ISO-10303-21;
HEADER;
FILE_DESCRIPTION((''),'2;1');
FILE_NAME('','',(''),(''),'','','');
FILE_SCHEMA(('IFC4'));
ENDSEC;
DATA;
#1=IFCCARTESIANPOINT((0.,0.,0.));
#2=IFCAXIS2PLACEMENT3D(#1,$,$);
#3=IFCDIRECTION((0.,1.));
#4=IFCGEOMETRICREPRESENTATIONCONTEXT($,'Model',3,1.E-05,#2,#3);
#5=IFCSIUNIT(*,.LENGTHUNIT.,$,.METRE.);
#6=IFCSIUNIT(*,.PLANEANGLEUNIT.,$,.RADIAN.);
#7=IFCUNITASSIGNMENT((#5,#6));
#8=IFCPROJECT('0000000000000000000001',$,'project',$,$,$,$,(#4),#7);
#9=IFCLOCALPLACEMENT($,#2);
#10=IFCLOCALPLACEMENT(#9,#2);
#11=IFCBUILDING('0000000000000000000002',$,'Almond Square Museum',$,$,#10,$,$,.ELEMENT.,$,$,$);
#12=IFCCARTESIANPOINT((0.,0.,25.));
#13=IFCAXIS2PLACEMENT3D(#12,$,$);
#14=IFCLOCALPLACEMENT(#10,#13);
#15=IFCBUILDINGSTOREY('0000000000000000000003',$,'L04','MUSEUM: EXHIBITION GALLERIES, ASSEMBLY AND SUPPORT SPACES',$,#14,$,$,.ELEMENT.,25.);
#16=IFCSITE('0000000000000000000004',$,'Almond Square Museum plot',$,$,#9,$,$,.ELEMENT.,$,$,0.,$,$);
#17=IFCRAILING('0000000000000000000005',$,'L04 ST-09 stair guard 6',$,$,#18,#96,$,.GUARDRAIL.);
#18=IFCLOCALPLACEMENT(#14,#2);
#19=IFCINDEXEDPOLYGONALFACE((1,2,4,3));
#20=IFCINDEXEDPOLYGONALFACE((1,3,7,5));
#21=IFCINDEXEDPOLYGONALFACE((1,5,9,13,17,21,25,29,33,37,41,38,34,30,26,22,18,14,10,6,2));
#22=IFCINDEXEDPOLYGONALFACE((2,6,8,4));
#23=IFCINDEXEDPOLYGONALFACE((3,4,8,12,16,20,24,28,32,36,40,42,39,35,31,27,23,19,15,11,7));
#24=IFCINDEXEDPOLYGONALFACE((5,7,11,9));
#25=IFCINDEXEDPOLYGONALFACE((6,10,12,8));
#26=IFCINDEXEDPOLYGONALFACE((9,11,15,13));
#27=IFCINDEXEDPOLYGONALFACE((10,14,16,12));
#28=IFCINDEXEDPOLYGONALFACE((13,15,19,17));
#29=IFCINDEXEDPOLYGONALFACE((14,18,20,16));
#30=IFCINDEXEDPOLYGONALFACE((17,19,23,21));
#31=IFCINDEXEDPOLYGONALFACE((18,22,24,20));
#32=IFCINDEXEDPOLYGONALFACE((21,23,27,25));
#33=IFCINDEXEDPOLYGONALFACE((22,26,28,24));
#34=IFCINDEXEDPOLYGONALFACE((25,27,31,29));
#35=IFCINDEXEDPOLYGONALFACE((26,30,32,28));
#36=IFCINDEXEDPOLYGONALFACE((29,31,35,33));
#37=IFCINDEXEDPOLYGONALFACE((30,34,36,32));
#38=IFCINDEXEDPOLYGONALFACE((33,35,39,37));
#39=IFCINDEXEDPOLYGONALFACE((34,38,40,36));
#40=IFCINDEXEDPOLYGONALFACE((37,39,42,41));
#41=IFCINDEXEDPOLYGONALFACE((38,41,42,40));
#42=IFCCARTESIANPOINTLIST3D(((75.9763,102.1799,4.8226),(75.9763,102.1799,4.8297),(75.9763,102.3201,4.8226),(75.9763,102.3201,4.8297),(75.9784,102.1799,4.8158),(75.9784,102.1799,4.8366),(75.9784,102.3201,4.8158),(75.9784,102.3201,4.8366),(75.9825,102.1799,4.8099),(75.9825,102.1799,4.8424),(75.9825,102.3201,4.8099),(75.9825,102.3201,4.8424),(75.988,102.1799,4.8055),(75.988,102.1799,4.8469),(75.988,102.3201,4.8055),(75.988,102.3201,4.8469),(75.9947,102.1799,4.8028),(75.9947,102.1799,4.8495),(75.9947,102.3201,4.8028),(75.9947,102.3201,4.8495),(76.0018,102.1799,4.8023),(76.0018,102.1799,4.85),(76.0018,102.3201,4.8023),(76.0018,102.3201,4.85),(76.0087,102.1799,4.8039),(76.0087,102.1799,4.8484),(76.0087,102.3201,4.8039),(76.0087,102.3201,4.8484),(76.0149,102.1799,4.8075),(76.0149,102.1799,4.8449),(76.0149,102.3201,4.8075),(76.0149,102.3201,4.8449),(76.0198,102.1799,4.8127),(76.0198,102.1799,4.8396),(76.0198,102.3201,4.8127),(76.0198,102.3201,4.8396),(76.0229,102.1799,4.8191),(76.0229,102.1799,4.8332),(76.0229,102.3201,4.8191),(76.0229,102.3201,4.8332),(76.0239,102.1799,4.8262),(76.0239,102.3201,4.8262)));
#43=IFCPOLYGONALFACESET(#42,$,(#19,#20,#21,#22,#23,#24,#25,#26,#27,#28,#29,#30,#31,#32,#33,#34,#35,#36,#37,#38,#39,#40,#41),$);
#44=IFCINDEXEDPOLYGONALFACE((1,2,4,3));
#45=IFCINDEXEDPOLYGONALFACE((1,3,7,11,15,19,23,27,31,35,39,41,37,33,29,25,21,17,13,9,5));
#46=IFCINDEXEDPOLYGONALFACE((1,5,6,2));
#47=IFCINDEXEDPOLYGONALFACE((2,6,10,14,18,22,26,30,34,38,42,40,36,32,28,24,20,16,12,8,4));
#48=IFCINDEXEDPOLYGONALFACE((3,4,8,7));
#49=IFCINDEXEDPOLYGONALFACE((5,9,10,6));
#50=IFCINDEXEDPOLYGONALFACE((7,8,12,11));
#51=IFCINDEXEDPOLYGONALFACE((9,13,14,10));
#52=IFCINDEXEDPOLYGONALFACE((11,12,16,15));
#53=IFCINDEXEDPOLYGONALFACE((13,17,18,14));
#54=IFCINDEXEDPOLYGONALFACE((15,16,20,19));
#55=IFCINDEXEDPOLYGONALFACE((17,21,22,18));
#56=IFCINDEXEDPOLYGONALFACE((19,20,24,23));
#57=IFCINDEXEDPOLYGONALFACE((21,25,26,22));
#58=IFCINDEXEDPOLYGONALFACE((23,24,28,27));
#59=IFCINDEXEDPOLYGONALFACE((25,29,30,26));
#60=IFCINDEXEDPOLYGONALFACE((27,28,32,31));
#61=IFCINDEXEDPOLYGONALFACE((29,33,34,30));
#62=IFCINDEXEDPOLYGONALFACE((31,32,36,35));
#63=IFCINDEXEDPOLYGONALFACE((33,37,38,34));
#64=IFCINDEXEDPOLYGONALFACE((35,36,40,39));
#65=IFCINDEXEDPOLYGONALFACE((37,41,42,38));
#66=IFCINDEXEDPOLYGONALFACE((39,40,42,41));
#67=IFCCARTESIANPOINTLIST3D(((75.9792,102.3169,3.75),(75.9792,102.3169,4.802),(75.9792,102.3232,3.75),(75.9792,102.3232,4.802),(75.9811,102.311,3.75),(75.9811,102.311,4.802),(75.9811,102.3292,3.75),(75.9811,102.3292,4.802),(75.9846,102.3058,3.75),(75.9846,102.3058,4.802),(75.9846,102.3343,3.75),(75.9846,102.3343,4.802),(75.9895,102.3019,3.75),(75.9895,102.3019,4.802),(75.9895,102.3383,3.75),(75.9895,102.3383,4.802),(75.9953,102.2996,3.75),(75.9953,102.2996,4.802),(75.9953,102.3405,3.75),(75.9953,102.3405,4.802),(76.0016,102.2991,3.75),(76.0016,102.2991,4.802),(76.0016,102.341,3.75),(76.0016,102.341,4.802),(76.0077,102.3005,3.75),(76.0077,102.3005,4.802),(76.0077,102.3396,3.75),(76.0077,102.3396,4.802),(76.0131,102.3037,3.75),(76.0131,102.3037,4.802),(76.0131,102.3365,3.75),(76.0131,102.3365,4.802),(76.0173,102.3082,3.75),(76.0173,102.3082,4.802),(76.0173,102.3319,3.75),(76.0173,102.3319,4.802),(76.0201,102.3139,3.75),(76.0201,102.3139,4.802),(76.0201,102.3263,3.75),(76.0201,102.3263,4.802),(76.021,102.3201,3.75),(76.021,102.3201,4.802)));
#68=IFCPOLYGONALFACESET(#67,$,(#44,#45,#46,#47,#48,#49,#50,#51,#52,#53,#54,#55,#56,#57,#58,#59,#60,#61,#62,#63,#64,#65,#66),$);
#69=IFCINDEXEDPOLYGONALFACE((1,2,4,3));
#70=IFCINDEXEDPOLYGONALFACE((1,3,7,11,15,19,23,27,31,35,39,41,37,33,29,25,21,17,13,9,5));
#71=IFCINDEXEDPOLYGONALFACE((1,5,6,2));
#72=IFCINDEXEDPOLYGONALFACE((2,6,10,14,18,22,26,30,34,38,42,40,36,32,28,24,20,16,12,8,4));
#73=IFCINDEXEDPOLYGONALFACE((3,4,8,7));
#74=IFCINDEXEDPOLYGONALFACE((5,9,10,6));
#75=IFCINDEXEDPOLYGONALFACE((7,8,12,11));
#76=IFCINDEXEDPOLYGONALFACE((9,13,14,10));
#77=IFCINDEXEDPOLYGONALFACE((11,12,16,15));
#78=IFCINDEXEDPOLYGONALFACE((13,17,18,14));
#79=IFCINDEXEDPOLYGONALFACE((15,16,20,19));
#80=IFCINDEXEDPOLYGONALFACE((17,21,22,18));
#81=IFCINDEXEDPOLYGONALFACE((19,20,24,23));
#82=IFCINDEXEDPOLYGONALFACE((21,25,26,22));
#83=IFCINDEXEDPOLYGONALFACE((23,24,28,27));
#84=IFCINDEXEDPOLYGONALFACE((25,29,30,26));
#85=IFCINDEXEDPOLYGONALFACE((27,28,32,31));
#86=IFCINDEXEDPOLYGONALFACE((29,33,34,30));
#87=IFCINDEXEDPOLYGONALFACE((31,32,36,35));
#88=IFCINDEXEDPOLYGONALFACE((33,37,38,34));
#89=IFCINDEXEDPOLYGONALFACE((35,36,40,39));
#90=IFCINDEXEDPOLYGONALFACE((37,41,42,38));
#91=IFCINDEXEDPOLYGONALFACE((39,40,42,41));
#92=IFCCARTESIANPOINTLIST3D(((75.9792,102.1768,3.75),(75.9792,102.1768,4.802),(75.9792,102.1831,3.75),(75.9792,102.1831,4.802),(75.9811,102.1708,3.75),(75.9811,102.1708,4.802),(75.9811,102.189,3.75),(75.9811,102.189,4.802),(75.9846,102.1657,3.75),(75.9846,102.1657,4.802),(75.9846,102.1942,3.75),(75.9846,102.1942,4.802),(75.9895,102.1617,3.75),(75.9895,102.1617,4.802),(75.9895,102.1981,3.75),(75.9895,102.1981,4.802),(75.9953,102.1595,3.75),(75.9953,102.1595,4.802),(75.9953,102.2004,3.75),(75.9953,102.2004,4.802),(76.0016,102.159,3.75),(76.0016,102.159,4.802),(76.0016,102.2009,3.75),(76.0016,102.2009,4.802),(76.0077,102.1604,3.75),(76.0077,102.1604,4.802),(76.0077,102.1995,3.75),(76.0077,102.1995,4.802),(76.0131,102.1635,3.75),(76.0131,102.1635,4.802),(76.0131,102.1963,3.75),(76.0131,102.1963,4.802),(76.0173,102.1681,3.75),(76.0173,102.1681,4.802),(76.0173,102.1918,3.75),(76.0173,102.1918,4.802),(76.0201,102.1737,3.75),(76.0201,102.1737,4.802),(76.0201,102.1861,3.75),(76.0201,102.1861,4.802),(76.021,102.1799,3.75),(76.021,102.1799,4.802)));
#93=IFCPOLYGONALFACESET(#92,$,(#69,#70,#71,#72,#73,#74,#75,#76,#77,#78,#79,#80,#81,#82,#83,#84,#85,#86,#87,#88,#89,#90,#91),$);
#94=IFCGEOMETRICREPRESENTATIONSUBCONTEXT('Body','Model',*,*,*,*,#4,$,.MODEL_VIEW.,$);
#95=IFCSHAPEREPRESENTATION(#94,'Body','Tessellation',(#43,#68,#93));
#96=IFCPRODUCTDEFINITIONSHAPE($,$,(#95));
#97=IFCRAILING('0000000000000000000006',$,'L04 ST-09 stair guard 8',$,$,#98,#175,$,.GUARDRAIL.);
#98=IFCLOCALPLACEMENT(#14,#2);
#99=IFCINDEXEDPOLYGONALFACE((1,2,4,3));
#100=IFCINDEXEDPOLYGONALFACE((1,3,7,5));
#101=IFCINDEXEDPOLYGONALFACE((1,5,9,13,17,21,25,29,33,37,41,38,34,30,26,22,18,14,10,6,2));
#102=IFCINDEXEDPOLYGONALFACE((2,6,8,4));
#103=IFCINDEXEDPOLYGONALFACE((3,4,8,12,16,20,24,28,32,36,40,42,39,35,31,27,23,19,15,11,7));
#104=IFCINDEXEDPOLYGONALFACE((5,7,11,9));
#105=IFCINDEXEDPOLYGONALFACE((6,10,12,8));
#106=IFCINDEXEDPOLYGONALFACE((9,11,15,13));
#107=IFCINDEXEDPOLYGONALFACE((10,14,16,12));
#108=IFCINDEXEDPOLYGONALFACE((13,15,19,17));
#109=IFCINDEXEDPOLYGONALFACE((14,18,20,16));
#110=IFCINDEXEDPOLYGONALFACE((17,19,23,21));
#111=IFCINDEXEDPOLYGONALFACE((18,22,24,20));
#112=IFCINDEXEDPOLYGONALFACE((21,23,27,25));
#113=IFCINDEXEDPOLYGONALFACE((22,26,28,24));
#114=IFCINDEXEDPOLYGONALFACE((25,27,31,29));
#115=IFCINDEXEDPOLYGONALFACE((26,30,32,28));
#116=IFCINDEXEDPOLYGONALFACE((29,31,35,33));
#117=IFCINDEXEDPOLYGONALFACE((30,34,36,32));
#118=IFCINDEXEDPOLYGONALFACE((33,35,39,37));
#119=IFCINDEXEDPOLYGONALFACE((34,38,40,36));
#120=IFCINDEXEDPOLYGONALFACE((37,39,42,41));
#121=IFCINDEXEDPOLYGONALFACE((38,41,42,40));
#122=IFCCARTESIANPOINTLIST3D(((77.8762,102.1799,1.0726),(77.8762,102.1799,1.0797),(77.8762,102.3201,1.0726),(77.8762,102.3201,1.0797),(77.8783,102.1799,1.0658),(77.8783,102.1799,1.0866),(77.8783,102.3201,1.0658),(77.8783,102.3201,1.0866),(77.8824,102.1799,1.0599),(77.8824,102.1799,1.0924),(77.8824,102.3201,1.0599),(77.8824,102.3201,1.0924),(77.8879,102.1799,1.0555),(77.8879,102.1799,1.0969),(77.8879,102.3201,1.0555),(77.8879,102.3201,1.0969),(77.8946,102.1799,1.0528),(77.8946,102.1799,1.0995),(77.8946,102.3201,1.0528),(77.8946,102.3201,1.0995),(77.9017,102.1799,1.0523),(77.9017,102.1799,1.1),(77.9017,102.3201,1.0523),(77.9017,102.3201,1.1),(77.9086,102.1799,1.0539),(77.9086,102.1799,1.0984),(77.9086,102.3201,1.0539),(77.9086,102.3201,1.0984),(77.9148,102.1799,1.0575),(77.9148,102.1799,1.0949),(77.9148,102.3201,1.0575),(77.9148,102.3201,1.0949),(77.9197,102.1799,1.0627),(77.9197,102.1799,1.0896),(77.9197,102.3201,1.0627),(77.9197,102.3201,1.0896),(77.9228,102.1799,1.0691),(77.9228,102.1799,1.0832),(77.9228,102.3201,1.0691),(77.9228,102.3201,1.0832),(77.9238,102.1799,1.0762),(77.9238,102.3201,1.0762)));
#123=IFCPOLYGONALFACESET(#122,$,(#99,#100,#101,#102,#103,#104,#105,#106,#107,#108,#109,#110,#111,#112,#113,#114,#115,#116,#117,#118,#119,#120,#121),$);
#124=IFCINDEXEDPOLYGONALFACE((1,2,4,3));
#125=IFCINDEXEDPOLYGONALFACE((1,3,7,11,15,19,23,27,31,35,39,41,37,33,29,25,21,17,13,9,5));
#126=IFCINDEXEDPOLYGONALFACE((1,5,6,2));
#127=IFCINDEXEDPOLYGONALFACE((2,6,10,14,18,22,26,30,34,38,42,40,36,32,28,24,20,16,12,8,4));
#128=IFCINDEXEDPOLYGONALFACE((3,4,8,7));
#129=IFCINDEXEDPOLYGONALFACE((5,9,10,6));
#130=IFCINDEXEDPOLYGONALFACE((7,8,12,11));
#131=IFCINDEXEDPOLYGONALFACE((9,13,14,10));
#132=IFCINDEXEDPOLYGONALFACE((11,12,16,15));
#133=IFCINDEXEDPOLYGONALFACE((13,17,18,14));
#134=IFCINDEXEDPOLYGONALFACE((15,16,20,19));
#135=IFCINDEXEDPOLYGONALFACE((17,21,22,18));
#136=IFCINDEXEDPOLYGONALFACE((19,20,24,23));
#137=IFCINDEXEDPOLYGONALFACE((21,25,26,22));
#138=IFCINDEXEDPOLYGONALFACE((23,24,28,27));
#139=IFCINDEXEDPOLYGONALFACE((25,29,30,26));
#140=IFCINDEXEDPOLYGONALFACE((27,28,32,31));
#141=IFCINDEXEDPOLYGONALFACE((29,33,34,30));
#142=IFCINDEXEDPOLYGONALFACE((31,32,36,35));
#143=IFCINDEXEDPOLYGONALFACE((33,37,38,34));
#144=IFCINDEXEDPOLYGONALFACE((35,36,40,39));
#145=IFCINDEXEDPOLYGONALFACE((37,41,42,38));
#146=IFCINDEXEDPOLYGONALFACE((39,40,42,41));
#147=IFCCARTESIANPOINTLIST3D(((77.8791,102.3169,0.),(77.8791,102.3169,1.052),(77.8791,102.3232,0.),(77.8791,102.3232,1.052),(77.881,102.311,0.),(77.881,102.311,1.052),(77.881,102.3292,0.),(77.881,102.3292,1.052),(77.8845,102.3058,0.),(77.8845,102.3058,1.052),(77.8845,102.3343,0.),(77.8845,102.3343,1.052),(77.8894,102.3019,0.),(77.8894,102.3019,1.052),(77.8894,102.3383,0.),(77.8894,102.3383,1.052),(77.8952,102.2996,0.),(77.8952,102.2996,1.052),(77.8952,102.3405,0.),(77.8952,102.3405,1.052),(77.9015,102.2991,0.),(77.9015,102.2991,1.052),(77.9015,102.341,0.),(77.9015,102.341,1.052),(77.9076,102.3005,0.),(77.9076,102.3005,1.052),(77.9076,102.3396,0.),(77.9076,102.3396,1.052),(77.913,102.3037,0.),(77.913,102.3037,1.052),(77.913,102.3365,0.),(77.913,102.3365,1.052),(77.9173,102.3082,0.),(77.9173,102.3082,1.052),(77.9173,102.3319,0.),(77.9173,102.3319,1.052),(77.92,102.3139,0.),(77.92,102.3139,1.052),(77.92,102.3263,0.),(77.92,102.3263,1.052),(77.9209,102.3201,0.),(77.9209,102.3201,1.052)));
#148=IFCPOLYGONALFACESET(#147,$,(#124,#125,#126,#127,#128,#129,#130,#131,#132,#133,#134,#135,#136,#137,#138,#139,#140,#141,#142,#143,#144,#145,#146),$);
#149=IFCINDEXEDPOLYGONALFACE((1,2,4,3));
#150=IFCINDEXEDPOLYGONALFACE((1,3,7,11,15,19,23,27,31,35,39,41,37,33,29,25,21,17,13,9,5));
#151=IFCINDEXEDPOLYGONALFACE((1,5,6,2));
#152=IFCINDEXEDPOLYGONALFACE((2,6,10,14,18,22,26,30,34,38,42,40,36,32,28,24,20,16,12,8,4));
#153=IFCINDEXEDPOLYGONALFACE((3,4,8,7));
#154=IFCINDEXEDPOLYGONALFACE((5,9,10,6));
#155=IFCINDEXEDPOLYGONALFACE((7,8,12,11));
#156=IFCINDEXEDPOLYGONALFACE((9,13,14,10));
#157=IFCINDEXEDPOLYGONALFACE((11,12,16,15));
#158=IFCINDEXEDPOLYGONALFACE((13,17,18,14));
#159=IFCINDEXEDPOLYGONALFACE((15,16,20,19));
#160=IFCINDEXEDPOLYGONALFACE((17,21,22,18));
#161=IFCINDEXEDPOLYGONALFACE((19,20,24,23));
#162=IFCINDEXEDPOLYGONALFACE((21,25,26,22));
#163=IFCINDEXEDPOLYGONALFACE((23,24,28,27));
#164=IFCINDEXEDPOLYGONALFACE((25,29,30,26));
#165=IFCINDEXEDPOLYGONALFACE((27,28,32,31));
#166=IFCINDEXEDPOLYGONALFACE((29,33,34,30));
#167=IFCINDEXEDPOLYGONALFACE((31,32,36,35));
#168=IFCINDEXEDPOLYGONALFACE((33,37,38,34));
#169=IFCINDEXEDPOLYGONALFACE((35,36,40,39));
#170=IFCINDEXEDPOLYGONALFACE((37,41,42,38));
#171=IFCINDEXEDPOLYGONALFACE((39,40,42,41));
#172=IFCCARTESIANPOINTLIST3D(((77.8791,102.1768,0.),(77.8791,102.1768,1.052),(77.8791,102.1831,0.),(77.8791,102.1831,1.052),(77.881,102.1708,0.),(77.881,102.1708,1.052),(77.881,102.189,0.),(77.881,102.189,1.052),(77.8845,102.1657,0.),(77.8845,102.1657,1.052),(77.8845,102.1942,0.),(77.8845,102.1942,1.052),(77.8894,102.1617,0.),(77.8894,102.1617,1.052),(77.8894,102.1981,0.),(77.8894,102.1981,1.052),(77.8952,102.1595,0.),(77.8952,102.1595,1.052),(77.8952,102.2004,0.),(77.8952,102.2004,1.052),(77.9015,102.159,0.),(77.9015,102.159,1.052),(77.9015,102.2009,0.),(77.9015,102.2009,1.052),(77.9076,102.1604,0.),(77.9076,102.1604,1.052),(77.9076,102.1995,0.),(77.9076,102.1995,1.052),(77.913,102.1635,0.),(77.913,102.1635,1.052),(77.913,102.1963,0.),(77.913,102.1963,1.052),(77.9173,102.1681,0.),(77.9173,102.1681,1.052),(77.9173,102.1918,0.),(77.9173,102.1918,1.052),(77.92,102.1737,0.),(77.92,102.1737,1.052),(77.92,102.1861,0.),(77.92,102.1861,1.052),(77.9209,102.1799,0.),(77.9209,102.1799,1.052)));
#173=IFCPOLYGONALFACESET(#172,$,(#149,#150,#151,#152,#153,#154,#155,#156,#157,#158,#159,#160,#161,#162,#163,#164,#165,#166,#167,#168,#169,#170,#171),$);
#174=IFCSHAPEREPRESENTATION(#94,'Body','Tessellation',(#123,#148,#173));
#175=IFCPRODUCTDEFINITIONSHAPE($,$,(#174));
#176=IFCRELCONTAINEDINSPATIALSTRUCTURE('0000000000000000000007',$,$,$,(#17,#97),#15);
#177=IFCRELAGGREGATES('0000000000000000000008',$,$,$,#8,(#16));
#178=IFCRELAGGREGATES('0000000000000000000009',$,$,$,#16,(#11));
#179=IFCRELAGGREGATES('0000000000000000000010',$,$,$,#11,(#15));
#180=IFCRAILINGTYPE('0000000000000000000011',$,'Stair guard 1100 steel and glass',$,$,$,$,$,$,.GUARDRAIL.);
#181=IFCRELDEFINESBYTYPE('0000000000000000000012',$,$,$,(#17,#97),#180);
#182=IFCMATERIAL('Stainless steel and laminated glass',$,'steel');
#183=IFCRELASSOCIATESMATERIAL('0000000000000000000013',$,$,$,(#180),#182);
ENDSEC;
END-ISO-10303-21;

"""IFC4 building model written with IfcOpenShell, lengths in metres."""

from ifc_helpers import new_model, si_unit, direction, frame, origin, origin_2d, place, context, subcontext, project, spatial, circle, extrude, material, type_object, element, save


model = new_model("IFC4")

# Units and contexts
model_context = context("Model", 3, precision=1e-05, world=origin(), true_north=direction((0.0, 1.0)))
body_context = subcontext(model_context, "Body", "Model", "MODEL_VIEW")
ifc_project = project(units=[si_unit("LENGTHUNIT", "METRE"), si_unit("PLANEANGLEUNIT", "RADIAN")], contexts=[model_context])

# Site, building, storey
site_placement = place(None, origin())
site = spatial("IfcSite", under=ifc_project, at=site_placement, Name="Almond Square Museum plot", CompositionType="ELEMENT", RefElevation=0.0)
building_placement = place(site_placement, origin())
building = spatial("IfcBuilding", under=site, at=building_placement, Name="Almond Square Museum", CompositionType="ELEMENT")
storey_placement = place(building_placement, frame((0.0, 0.0, 25.0)))
storey = spatial("IfcBuildingStorey", under=building, at=storey_placement, Name="L04", Description="MUSEUM: EXHIBITION GALLERIES, ASSEMBLY AND SUPPORT SPACES", CompositionType="ELEMENT", Elevation=25.0)

# Railings
ifc_material_1 = material(Name="Stainless steel and laminated glass", Category="steel")
railing_type_1 = type_object("IfcRailingType", Name="Stair guard 1100 steel and glass", PredefinedType="GUARDRAIL", material=ifc_material_1)
for number, where, name in (
    (1, (76.0, 102.3201, 3.75), "L04 ST-09 stair guard 6"),
    (2, (77.8999, 102.3201, 0.0), "L04 ST-09 stair guard 8"),
):
    element("IfcRailing", number, at=place(storey_placement, frame(where)), inside=storey, type_object=railing_type_1, Name=name, PredefinedType="GUARDRAIL", context=body_context, shape_type="SweptSolid", body=[
        extrude(circle(Radius=0.0239, at=origin_2d()), frame((0.0, 0.0, 1.0762), z_axis=(0.0, -1.0, 0.0), x_axis=(1.0, 0.0, 0.0)), (0.0, 0.0, 1.0), 0.1401),
        extrude(circle(Radius=0.021, at=origin_2d()), origin(), (0.0, 0.0, 1.0), 1.052),
        extrude(circle(Radius=0.021, at=origin_2d()), frame((0.0, -0.1401, 0.0)), (0.0, 0.0, 1.0), 1.052),
    ])

save(model, "model.ifc")
